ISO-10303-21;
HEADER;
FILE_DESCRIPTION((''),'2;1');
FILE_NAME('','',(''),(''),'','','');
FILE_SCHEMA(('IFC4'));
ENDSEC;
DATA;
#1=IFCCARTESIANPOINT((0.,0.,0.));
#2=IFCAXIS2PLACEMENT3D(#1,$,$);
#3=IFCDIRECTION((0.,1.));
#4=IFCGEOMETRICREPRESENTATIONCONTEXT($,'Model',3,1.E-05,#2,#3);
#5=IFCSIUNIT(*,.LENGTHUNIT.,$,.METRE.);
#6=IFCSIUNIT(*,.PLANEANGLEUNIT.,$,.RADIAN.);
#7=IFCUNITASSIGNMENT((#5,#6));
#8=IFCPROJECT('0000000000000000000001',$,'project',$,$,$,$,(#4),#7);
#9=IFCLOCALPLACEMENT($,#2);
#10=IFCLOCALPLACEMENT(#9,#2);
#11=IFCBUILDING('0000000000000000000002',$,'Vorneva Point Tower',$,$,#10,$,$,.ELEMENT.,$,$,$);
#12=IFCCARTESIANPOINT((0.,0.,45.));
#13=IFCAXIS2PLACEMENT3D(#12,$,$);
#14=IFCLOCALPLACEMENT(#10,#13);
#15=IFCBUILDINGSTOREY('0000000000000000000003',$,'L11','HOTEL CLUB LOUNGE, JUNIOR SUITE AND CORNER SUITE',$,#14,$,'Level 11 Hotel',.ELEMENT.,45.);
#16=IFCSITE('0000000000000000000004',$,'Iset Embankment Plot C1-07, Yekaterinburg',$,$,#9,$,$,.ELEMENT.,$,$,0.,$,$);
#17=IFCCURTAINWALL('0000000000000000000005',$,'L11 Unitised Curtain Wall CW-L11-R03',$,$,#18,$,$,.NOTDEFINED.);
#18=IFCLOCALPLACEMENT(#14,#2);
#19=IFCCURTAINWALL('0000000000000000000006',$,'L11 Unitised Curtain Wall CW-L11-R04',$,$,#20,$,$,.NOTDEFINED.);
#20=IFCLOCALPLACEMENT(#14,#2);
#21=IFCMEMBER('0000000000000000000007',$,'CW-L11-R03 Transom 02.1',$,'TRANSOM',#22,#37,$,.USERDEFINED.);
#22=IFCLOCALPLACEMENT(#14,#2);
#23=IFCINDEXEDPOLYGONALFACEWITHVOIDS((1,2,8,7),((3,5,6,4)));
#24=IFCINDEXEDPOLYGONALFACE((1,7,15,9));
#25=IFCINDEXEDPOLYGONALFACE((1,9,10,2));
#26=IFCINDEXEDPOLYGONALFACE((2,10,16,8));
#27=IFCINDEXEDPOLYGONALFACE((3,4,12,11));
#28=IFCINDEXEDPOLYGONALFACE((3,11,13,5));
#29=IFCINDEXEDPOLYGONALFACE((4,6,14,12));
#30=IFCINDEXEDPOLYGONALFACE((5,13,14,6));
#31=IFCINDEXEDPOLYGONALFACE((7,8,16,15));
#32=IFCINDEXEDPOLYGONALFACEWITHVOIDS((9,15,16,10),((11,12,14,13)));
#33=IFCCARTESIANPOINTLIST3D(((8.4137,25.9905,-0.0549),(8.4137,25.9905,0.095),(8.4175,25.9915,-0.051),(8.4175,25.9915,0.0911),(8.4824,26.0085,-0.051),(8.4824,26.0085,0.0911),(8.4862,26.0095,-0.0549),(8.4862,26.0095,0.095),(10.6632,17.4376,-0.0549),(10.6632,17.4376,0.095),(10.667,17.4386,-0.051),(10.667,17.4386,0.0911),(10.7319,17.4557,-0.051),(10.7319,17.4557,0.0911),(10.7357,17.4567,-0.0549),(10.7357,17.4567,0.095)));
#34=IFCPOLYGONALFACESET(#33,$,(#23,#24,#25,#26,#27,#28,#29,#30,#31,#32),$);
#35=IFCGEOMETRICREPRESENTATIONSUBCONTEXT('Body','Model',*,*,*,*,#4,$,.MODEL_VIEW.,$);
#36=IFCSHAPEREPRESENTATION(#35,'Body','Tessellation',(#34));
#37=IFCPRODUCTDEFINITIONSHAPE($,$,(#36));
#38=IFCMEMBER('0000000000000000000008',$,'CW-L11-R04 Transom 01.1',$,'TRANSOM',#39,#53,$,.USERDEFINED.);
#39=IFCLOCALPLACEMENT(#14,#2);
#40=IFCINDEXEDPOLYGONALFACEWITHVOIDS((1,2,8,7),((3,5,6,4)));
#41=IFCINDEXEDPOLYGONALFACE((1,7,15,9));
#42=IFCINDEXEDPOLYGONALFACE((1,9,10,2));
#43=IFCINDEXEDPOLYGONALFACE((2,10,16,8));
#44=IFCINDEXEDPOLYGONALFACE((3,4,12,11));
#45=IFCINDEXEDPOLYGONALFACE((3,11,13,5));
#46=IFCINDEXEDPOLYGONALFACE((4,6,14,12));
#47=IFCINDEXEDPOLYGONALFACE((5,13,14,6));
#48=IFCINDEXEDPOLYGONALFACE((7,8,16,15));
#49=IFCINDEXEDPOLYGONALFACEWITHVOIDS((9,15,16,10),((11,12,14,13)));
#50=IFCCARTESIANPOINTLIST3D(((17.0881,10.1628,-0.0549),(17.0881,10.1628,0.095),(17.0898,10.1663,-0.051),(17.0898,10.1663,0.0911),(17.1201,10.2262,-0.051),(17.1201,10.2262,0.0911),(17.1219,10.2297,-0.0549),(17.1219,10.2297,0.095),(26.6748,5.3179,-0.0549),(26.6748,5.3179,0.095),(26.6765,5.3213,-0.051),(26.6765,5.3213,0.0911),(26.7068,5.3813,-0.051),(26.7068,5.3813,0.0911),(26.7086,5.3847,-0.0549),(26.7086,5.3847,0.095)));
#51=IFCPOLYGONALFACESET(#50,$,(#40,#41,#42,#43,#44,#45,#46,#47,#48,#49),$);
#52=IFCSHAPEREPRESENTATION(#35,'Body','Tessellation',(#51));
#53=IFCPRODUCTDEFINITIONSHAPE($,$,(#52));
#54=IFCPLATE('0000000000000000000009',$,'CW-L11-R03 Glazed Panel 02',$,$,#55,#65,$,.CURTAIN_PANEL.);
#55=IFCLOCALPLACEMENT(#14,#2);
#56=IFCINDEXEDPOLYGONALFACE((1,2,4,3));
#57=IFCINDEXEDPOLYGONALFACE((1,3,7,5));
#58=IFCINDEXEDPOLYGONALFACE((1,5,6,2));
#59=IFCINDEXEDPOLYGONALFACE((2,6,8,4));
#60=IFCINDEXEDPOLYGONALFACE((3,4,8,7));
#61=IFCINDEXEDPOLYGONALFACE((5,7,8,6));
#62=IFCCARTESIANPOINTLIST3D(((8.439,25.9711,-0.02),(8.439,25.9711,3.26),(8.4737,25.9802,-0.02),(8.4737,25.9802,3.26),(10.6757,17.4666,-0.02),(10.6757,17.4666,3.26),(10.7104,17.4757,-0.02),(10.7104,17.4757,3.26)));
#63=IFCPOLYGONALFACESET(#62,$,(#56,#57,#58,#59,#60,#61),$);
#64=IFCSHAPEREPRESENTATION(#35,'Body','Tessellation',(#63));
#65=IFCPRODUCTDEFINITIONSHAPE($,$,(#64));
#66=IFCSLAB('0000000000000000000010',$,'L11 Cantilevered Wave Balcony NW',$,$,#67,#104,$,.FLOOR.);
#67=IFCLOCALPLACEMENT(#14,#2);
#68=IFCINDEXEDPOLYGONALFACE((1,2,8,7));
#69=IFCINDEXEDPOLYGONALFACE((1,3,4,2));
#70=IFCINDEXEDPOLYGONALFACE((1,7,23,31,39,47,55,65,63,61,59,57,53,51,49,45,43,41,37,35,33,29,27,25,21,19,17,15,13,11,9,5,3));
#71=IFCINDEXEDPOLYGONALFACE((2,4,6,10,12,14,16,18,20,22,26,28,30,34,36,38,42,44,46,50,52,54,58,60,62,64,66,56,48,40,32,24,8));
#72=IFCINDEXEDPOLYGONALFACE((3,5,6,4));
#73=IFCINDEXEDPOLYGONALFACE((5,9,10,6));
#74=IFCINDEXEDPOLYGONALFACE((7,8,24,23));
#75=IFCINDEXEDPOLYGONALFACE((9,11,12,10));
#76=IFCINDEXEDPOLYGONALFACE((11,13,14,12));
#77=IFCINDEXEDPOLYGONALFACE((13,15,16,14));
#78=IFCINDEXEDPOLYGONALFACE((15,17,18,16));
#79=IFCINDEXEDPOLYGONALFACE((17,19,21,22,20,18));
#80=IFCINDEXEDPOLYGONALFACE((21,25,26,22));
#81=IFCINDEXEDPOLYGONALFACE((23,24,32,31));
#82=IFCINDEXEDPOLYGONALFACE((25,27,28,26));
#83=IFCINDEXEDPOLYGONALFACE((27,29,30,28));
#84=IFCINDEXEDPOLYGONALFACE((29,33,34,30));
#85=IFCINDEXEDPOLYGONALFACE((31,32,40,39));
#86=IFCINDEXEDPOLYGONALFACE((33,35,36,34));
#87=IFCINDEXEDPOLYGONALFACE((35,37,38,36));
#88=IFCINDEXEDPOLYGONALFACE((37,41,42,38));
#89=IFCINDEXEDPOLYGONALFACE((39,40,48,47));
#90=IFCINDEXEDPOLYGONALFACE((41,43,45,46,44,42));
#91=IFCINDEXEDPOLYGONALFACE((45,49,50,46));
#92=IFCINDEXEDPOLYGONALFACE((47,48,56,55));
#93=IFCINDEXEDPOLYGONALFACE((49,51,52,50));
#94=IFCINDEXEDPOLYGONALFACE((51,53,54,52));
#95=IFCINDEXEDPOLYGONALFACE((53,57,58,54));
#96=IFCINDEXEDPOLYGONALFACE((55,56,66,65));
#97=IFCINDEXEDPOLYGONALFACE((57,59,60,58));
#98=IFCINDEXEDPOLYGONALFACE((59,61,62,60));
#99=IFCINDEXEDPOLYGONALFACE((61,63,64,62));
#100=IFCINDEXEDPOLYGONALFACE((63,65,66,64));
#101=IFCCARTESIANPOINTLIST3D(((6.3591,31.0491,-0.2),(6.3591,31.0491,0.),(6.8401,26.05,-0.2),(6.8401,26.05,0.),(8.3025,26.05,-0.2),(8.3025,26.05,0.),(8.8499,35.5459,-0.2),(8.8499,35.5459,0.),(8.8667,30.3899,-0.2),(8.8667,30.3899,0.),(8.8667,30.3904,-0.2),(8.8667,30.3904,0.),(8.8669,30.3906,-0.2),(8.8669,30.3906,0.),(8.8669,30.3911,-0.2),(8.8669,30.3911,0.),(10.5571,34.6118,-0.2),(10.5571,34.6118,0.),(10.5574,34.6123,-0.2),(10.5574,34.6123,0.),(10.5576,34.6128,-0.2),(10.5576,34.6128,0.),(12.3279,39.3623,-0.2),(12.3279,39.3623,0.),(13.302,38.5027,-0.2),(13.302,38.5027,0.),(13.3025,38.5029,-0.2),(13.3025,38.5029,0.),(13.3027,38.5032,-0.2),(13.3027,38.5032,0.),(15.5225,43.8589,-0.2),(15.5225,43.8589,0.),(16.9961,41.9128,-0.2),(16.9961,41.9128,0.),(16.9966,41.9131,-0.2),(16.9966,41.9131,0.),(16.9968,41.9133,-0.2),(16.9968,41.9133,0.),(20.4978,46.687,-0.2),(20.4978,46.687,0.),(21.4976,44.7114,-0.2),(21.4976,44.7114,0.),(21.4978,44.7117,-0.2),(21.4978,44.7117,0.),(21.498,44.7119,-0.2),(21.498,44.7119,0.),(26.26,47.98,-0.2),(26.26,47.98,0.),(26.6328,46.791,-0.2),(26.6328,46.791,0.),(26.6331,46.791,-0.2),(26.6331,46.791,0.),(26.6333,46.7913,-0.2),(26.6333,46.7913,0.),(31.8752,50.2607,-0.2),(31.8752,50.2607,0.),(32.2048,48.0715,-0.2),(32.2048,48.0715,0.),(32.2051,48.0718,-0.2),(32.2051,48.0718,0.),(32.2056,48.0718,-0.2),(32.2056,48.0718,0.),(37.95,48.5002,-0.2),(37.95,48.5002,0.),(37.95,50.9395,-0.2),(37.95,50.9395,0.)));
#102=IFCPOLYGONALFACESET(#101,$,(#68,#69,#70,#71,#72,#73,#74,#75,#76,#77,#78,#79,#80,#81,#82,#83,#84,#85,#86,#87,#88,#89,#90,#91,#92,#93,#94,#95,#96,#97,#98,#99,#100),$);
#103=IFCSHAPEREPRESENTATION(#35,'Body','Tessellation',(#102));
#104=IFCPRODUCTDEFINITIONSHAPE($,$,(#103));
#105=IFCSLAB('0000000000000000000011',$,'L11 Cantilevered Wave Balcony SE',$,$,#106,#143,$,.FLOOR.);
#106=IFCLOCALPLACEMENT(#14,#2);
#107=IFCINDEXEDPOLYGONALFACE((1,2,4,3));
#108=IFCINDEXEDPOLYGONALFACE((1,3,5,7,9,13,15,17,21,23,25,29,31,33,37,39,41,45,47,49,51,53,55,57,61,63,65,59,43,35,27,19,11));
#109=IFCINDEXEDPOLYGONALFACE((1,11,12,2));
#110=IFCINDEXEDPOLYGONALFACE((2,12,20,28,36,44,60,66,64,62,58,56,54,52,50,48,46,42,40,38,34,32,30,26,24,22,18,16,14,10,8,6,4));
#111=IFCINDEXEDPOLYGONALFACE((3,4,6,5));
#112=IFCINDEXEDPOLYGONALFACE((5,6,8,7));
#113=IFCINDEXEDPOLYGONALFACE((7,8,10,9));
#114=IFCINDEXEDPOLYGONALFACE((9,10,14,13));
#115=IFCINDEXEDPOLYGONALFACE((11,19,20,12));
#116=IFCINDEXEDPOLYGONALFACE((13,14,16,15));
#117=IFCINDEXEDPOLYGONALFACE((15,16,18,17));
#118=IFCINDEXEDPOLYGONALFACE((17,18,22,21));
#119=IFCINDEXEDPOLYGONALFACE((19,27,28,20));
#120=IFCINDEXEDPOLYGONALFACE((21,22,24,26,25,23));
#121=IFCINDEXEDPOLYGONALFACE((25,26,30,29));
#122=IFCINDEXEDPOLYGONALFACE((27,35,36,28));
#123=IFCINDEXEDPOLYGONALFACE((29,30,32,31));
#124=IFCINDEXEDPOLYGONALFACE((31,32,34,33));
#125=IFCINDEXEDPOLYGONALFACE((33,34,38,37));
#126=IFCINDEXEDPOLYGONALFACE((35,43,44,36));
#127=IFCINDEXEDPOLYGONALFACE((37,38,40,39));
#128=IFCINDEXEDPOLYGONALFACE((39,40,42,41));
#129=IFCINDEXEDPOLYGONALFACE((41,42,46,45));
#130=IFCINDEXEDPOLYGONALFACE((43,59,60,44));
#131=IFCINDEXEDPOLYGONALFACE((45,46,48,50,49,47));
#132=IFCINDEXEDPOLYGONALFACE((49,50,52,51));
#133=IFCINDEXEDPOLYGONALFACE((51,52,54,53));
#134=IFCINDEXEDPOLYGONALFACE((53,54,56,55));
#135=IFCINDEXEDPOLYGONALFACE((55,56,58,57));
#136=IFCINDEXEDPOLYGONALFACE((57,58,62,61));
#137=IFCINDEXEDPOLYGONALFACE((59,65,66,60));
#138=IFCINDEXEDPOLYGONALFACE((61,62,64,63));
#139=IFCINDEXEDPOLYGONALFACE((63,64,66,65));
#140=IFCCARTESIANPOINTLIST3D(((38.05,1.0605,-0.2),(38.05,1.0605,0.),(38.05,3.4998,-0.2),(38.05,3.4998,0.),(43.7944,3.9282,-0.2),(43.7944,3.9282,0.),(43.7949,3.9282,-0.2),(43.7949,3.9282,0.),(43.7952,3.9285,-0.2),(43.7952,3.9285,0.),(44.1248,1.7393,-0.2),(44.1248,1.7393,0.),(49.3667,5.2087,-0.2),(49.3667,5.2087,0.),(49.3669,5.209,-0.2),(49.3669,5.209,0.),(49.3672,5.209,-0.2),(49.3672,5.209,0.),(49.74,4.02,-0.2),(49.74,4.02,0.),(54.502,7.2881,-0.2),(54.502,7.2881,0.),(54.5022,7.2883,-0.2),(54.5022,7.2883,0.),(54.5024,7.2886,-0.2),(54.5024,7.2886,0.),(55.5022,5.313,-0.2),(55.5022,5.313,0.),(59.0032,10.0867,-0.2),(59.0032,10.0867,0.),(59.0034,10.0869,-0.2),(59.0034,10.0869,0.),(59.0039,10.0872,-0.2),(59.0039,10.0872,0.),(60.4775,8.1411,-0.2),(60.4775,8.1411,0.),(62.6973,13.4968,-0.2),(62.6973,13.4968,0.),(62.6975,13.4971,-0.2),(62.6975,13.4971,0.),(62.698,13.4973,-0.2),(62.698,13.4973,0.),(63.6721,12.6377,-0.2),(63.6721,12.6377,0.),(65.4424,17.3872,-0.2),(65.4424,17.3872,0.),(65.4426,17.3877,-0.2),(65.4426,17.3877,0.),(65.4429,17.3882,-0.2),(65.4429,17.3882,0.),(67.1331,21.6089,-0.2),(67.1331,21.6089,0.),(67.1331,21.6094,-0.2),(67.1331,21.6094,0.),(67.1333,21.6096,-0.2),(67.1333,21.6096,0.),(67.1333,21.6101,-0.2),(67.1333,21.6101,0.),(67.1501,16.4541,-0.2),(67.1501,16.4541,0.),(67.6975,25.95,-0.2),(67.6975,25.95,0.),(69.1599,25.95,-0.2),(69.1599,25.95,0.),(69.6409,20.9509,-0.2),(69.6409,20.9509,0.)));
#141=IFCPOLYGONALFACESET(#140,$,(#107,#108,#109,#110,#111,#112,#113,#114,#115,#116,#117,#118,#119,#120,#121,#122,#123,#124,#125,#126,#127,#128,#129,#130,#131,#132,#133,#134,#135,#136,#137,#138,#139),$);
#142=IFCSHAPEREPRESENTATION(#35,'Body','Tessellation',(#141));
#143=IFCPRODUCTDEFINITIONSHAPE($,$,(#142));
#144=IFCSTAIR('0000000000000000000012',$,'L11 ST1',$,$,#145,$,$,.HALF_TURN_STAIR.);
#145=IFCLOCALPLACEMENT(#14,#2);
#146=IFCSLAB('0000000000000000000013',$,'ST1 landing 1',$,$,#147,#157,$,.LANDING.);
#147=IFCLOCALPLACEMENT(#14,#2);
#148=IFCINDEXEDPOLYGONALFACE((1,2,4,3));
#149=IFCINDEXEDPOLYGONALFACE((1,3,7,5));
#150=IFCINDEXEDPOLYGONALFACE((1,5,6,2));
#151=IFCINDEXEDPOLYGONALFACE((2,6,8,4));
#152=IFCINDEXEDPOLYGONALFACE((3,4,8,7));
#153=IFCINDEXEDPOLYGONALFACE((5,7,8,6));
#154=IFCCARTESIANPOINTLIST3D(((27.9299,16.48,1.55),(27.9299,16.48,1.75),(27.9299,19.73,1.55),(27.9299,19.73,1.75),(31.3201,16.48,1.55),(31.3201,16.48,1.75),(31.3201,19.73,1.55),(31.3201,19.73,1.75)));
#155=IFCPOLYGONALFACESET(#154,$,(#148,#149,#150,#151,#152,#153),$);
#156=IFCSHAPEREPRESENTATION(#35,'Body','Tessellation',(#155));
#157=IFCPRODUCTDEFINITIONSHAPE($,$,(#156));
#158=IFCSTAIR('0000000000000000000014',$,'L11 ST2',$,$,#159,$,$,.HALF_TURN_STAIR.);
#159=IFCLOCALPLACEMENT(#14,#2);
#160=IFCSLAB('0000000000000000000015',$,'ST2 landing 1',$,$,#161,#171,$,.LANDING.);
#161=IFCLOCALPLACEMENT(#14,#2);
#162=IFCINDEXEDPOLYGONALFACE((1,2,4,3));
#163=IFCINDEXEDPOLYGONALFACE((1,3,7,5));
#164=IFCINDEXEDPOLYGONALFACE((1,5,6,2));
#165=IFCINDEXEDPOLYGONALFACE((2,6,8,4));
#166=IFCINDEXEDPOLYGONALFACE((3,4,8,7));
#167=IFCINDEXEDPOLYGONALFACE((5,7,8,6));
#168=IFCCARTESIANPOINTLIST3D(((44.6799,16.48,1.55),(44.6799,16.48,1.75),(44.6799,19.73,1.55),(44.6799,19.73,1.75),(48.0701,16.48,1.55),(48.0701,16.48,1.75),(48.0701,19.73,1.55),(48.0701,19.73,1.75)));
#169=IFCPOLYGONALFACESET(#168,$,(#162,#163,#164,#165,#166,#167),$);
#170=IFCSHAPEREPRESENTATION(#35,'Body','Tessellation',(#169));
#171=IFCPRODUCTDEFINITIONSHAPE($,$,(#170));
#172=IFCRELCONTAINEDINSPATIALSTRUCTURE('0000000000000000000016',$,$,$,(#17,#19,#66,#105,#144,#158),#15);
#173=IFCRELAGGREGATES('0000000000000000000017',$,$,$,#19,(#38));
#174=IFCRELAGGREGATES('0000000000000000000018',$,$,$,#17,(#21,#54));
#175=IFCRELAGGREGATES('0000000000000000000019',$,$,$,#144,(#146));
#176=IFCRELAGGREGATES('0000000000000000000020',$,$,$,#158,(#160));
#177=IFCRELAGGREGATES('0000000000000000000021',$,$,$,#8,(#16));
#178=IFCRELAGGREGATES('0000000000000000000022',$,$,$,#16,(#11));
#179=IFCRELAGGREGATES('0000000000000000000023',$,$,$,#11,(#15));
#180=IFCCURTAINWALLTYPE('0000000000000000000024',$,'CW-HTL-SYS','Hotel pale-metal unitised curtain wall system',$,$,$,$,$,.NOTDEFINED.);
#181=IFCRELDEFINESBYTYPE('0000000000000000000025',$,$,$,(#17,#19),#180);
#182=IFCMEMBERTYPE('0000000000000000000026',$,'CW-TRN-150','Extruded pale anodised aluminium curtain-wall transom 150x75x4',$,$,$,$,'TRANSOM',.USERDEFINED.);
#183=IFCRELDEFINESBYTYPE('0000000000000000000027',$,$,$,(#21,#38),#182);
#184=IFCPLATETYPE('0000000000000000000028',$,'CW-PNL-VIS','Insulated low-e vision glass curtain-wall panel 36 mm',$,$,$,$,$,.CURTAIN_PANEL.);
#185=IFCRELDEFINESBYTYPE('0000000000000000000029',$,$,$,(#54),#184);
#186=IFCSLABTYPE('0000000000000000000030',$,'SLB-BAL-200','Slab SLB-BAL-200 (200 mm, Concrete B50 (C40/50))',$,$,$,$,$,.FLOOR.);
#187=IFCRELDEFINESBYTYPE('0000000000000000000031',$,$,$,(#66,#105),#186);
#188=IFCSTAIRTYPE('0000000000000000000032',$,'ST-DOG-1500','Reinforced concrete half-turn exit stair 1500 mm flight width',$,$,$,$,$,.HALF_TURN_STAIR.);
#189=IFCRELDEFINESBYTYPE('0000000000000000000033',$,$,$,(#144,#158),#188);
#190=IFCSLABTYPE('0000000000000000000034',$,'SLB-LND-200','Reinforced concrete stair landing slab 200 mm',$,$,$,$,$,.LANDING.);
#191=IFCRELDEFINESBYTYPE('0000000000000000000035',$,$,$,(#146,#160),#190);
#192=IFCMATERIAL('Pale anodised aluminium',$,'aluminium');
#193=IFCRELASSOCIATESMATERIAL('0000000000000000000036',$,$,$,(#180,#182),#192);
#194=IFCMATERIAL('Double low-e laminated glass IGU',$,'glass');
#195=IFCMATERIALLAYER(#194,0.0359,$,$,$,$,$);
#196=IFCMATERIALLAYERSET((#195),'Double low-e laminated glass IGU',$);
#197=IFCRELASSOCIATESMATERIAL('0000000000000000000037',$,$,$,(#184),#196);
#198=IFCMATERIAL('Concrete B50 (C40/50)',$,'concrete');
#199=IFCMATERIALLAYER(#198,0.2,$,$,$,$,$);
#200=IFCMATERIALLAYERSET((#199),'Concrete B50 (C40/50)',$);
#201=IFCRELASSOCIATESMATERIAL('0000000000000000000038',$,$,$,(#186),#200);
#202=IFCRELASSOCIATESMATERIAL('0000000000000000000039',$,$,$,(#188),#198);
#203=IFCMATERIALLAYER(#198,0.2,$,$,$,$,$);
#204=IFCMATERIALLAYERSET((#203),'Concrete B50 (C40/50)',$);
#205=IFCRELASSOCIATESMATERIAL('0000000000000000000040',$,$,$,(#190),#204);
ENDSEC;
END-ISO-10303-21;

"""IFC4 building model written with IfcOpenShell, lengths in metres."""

from ifc_helpers import new_model, si_unit, direction, frame, origin, origin_2d, place, context, subcontext, project, spatial, polyline, rectangle, hollow_rectangle, outline, extrude, material, layer, layer_set, material_profile, profile_set, type_object, element, aggregate, save


model = new_model("IFC4")

# Units and contexts
model_context = context("Model", 3, precision=1e-05, world=origin(), true_north=direction((0.0, 1.0)))
body_context = subcontext(model_context, "Body", "Model", "MODEL_VIEW")
ifc_project = project(units=[si_unit("LENGTHUNIT", "METRE"), si_unit("PLANEANGLEUNIT", "RADIAN")], contexts=[model_context])

# Site, building, storey
site_placement = place(None, origin())
site = spatial("IfcSite", under=ifc_project, at=site_placement, Name="Iset Embankment Plot C1-07, Yekaterinburg", CompositionType="ELEMENT", RefElevation=0.0)
building_placement = place(site_placement, origin())
building = spatial("IfcBuilding", under=site, at=building_placement, Name="Vorneva Point Tower", CompositionType="ELEMENT")
storey_placement = place(building_placement, frame((0.0, 0.0, 45.0)))
storey = spatial("IfcBuildingStorey", under=building, at=storey_placement, Name="L11", Description="HOTEL CLUB LOUNGE, JUNIOR SUITE AND CORNER SUITE", LongName="Level 11 Hotel", CompositionType="ELEMENT", Elevation=45.0)

# Curtain wall
ifc_material_1 = material(Name="Pale anodised aluminium", Category="aluminium")
curtain_wall_type = type_object("IfcCurtainWallType", Name="CW-HTL-SYS", Description="Hotel pale-metal unitised curtain wall system", PredefinedType="NOTDEFINED", material=ifc_material_1)
curtain_wall_1_placement = place(storey_placement, origin())
curtain_wall_1 = element("IfcCurtainWall", 1, at=curtain_wall_1_placement, inside=storey, type_object=curtain_wall_type, Name="L11 Unitised Curtain Wall CW-L11-R03", PredefinedType="NOTDEFINED")

# Curtain wall
curtain_wall_2_placement = place(storey_placement, origin())
curtain_wall_2 = element("IfcCurtainWall", 2, at=curtain_wall_2_placement, inside=storey, type_object=curtain_wall_type, Name="L11 Unitised Curtain Wall CW-L11-R04", PredefinedType="NOTDEFINED")

# Members
ifc_material_profile_1 = material_profile(ifc_material_1, hollow_rectangle(XDim=0.075, YDim=0.1499, WallThickness=0.0039, at=origin_2d()), Name="AL-TRN 150x75x4")
ifc_profile_set_1 = profile_set([ifc_material_profile_1], Name="Pale anodised aluminium")
member_type_1 = type_object("IfcMemberType", Name="CW-TRN-150", Description="Extruded pale anodised aluminium curtain-wall transom 150x75x4", ElementType="TRANSOM", PredefinedType="USERDEFINED", material=ifc_profile_set_1)
member_1_placement = place(storey_placement, frame((8.45, 26.0, 0.02), z_axis=(0.254359, -0.96711, 0.0), x_axis=(0.96711, 0.254359, 0.0)))
member_1 = element("IfcMember", 3, at=member_1_placement, type_object=member_type_1, Name="CW-L11-R03 Transom 02.1", ObjectType="TRANSOM", PredefinedType="USERDEFINED", context=body_context, shape_type="SweptSolid", body=[
    extrude(hollow_rectangle(XDim=0.075, YDim=0.1499, WallThickness=0.0039, at=origin_2d()), origin(), (0.0, 0.0, 1.0), 8.8438),
])
member_2_placement = place(storey_placement, frame((17.105, 10.1963, 0.02), z_axis=(0.892496, -0.451055, 0.0), x_axis=(0.451055, 0.892496, 0.0)))
member_2 = element("IfcMember", 4, at=member_2_placement, type_object=member_type_1, Name="CW-L11-R04 Transom 01.1", ObjectType="TRANSOM", PredefinedType="USERDEFINED", context=body_context, shape_type="SweptSolid", body=[
    extrude(hollow_rectangle(XDim=0.075, YDim=0.1499, WallThickness=0.0039, at=origin_2d()), origin(), (0.0, 0.0, 1.0), 10.7415),
])
aggregate(curtain_wall_2, [member_2])

# Plate
ifc_material_2 = material(Name="Double low-e laminated glass IGU", Category="glass")
ifc_layer_1 = layer(ifc_material_2, 0.0359)
ifc_layer_set_1 = layer_set([ifc_layer_1], Name="Double low-e laminated glass IGU")
plate_type = type_object("IfcPlateType", Name="CW-PNL-VIS", Description="Insulated low-e vision glass curtain-wall panel 36 mm", PredefinedType="CURTAIN_PANEL", material=ifc_layer_set_1)
plate_placement = place(storey_placement, frame((9.5747, 21.7234, -0.02), z_axis=(0.0, 0.0, 1.0), x_axis=(0.254349, -0.967113, 0.0)))
plate = element("IfcPlate", 5, at=plate_placement, type_object=plate_type, Name="CW-L11-R03 Glazed Panel 02", PredefinedType="CURTAIN_PANEL", context=body_context, shape_type="SweptSolid", body=[
    extrude(rectangle(XDim=8.7937, YDim=0.0359, at=origin_2d()), origin(), (0.0, 0.0, 1.0), 3.28),
])
aggregate(curtain_wall_1, [member_1, plate])

# Slabs
ifc_material_3 = material(Name="Concrete B50 (C40/50)", Category="concrete")
ifc_layer_2 = layer(ifc_material_3, 0.2)
ifc_layer_set_2 = layer_set([ifc_layer_2], Name="Concrete B50 (C40/50)")
slab_type_1 = type_object("IfcSlabType", Name="SLB-BAL-200", Description="Slab SLB-BAL-200 (200 mm, Concrete B50 (C40/50))", PredefinedType="FLOOR", material=ifc_layer_set_2)
slab_1_placement = place(storey_placement, frame((0.0, 0.0, -0.2)))
element("IfcSlab", 6, at=slab_1_placement, inside=storey, type_object=slab_type_1, Name="L11 Cantilevered Wave Balcony NW", PredefinedType="FLOOR", context=body_context, shape_type="SweptSolid", body=[
    extrude(outline(polyline([(6.8401, 26.05), (8.3025, 26.05), (8.8667, 30.3899), (8.8667, 30.3904), (8.8669, 30.3906), (8.8669, 30.3911), (10.5571, 34.6118), (10.5574, 34.6123), (10.5576, 34.6128), (13.302, 38.5027), (13.3025, 38.5029), (13.3027, 38.5032), (16.9961, 41.9128), (16.9966, 41.9131), (16.9968, 41.9133), (21.4976, 44.7114), (21.4978, 44.7117), (21.498, 44.7119), (26.6328, 46.791), (26.6331, 46.791), (26.6333, 46.7913), (32.2048, 48.0715), (32.2051, 48.0718), (32.2056, 48.0718), (37.95, 48.5002), (37.95, 50.9395), (31.8752, 50.2607), (26.26, 47.98), (20.4978, 46.687), (15.5225, 43.8589), (12.3279, 39.3623), (8.8499, 35.5459), (6.3591, 31.0491), (6.8401, 26.05)])), origin(), (0.0, 0.0, 1.0), 0.2),
])
slab_2_placement = place(storey_placement, frame((0.0, 0.0, -0.2)))
element("IfcSlab", 7, at=slab_2_placement, inside=storey, type_object=slab_type_1, Name="L11 Cantilevered Wave Balcony SE", PredefinedType="FLOOR", context=body_context, shape_type="SweptSolid", body=[
    extrude(outline(polyline([(69.6409, 20.9509), (69.1599, 25.95), (67.6975, 25.95), (67.1333, 21.6101), (67.1333, 21.6096), (67.1331, 21.6094), (67.1331, 21.6089), (65.4429, 17.3882), (65.4426, 17.3877), (65.4424, 17.3872), (62.698, 13.4973), (62.6975, 13.4971), (62.6973, 13.4968), (59.0039, 10.0872), (59.0034, 10.0869), (59.0032, 10.0867), (54.5024, 7.2886), (54.5022, 7.2883), (54.502, 7.2881), (49.3672, 5.209), (49.3669, 5.209), (49.3667, 5.2087), (43.7952, 3.9285), (43.7949, 3.9282), (43.7944, 3.9282), (38.05, 3.4998), (38.05, 1.0605), (44.1248, 1.7393), (49.74, 4.02), (55.5022, 5.313), (60.4775, 8.1411), (63.6721, 12.6377), (67.1501, 16.4541), (69.6409, 20.9509)])), origin(), (0.0, 0.0, 1.0), 0.2),
])

# Stairs, slabs
stair_type = type_object("IfcStairType", Name="ST-DOG-1500", Description="Reinforced concrete half-turn exit stair 1500 mm flight width", PredefinedType="HALF_TURN_STAIR", material=ifc_material_3)
stair_1_placement = place(storey_placement, origin())
stair_1 = element("IfcStair", 8, at=stair_1_placement, inside=storey, type_object=stair_type, Name="L11 ST1", PredefinedType="HALF_TURN_STAIR")
ifc_layer_3 = layer(ifc_material_3, 0.2)
ifc_layer_set_3 = layer_set([ifc_layer_3], Name="Concrete B50 (C40/50)")
slab_type_2 = type_object("IfcSlabType", Name="SLB-LND-200", Description="Reinforced concrete stair landing slab 200 mm", PredefinedType="LANDING", material=ifc_layer_set_3)
slab_3_placement = place(storey_placement, frame((0.0, 0.0, 1.55)))
slab_3 = element("IfcSlab", 9, at=slab_3_placement, type_object=slab_type_2, Name="ST1 landing 1", PredefinedType="LANDING", context=body_context, shape_type="SweptSolid", body=[
    extrude(outline(polyline([(27.9299, 16.48), (31.3201, 16.48), (31.3201, 19.73), (27.9299, 19.73), (27.9299, 16.48)])), origin(), (0.0, 0.0, 1.0), 0.2),
])
aggregate(stair_1, [slab_3])
stair_2_placement = place(storey_placement, origin())
stair_2 = element("IfcStair", 10, at=stair_2_placement, inside=storey, type_object=stair_type, Name="L11 ST2", PredefinedType="HALF_TURN_STAIR")
slab_4_placement = place(storey_placement, frame((0.0, 0.0, 1.55)))
slab_4 = element("IfcSlab", 11, at=slab_4_placement, type_object=slab_type_2, Name="ST2 landing 1", PredefinedType="LANDING", context=body_context, shape_type="SweptSolid", body=[
    extrude(outline(polyline([(44.6799, 16.48), (48.0701, 16.48), (48.0701, 19.73), (44.6799, 19.73), (44.6799, 16.48)])), origin(), (0.0, 0.0, 1.0), 0.2),
])
aggregate(stair_2, [slab_4])

save(model, "model.ifc")
